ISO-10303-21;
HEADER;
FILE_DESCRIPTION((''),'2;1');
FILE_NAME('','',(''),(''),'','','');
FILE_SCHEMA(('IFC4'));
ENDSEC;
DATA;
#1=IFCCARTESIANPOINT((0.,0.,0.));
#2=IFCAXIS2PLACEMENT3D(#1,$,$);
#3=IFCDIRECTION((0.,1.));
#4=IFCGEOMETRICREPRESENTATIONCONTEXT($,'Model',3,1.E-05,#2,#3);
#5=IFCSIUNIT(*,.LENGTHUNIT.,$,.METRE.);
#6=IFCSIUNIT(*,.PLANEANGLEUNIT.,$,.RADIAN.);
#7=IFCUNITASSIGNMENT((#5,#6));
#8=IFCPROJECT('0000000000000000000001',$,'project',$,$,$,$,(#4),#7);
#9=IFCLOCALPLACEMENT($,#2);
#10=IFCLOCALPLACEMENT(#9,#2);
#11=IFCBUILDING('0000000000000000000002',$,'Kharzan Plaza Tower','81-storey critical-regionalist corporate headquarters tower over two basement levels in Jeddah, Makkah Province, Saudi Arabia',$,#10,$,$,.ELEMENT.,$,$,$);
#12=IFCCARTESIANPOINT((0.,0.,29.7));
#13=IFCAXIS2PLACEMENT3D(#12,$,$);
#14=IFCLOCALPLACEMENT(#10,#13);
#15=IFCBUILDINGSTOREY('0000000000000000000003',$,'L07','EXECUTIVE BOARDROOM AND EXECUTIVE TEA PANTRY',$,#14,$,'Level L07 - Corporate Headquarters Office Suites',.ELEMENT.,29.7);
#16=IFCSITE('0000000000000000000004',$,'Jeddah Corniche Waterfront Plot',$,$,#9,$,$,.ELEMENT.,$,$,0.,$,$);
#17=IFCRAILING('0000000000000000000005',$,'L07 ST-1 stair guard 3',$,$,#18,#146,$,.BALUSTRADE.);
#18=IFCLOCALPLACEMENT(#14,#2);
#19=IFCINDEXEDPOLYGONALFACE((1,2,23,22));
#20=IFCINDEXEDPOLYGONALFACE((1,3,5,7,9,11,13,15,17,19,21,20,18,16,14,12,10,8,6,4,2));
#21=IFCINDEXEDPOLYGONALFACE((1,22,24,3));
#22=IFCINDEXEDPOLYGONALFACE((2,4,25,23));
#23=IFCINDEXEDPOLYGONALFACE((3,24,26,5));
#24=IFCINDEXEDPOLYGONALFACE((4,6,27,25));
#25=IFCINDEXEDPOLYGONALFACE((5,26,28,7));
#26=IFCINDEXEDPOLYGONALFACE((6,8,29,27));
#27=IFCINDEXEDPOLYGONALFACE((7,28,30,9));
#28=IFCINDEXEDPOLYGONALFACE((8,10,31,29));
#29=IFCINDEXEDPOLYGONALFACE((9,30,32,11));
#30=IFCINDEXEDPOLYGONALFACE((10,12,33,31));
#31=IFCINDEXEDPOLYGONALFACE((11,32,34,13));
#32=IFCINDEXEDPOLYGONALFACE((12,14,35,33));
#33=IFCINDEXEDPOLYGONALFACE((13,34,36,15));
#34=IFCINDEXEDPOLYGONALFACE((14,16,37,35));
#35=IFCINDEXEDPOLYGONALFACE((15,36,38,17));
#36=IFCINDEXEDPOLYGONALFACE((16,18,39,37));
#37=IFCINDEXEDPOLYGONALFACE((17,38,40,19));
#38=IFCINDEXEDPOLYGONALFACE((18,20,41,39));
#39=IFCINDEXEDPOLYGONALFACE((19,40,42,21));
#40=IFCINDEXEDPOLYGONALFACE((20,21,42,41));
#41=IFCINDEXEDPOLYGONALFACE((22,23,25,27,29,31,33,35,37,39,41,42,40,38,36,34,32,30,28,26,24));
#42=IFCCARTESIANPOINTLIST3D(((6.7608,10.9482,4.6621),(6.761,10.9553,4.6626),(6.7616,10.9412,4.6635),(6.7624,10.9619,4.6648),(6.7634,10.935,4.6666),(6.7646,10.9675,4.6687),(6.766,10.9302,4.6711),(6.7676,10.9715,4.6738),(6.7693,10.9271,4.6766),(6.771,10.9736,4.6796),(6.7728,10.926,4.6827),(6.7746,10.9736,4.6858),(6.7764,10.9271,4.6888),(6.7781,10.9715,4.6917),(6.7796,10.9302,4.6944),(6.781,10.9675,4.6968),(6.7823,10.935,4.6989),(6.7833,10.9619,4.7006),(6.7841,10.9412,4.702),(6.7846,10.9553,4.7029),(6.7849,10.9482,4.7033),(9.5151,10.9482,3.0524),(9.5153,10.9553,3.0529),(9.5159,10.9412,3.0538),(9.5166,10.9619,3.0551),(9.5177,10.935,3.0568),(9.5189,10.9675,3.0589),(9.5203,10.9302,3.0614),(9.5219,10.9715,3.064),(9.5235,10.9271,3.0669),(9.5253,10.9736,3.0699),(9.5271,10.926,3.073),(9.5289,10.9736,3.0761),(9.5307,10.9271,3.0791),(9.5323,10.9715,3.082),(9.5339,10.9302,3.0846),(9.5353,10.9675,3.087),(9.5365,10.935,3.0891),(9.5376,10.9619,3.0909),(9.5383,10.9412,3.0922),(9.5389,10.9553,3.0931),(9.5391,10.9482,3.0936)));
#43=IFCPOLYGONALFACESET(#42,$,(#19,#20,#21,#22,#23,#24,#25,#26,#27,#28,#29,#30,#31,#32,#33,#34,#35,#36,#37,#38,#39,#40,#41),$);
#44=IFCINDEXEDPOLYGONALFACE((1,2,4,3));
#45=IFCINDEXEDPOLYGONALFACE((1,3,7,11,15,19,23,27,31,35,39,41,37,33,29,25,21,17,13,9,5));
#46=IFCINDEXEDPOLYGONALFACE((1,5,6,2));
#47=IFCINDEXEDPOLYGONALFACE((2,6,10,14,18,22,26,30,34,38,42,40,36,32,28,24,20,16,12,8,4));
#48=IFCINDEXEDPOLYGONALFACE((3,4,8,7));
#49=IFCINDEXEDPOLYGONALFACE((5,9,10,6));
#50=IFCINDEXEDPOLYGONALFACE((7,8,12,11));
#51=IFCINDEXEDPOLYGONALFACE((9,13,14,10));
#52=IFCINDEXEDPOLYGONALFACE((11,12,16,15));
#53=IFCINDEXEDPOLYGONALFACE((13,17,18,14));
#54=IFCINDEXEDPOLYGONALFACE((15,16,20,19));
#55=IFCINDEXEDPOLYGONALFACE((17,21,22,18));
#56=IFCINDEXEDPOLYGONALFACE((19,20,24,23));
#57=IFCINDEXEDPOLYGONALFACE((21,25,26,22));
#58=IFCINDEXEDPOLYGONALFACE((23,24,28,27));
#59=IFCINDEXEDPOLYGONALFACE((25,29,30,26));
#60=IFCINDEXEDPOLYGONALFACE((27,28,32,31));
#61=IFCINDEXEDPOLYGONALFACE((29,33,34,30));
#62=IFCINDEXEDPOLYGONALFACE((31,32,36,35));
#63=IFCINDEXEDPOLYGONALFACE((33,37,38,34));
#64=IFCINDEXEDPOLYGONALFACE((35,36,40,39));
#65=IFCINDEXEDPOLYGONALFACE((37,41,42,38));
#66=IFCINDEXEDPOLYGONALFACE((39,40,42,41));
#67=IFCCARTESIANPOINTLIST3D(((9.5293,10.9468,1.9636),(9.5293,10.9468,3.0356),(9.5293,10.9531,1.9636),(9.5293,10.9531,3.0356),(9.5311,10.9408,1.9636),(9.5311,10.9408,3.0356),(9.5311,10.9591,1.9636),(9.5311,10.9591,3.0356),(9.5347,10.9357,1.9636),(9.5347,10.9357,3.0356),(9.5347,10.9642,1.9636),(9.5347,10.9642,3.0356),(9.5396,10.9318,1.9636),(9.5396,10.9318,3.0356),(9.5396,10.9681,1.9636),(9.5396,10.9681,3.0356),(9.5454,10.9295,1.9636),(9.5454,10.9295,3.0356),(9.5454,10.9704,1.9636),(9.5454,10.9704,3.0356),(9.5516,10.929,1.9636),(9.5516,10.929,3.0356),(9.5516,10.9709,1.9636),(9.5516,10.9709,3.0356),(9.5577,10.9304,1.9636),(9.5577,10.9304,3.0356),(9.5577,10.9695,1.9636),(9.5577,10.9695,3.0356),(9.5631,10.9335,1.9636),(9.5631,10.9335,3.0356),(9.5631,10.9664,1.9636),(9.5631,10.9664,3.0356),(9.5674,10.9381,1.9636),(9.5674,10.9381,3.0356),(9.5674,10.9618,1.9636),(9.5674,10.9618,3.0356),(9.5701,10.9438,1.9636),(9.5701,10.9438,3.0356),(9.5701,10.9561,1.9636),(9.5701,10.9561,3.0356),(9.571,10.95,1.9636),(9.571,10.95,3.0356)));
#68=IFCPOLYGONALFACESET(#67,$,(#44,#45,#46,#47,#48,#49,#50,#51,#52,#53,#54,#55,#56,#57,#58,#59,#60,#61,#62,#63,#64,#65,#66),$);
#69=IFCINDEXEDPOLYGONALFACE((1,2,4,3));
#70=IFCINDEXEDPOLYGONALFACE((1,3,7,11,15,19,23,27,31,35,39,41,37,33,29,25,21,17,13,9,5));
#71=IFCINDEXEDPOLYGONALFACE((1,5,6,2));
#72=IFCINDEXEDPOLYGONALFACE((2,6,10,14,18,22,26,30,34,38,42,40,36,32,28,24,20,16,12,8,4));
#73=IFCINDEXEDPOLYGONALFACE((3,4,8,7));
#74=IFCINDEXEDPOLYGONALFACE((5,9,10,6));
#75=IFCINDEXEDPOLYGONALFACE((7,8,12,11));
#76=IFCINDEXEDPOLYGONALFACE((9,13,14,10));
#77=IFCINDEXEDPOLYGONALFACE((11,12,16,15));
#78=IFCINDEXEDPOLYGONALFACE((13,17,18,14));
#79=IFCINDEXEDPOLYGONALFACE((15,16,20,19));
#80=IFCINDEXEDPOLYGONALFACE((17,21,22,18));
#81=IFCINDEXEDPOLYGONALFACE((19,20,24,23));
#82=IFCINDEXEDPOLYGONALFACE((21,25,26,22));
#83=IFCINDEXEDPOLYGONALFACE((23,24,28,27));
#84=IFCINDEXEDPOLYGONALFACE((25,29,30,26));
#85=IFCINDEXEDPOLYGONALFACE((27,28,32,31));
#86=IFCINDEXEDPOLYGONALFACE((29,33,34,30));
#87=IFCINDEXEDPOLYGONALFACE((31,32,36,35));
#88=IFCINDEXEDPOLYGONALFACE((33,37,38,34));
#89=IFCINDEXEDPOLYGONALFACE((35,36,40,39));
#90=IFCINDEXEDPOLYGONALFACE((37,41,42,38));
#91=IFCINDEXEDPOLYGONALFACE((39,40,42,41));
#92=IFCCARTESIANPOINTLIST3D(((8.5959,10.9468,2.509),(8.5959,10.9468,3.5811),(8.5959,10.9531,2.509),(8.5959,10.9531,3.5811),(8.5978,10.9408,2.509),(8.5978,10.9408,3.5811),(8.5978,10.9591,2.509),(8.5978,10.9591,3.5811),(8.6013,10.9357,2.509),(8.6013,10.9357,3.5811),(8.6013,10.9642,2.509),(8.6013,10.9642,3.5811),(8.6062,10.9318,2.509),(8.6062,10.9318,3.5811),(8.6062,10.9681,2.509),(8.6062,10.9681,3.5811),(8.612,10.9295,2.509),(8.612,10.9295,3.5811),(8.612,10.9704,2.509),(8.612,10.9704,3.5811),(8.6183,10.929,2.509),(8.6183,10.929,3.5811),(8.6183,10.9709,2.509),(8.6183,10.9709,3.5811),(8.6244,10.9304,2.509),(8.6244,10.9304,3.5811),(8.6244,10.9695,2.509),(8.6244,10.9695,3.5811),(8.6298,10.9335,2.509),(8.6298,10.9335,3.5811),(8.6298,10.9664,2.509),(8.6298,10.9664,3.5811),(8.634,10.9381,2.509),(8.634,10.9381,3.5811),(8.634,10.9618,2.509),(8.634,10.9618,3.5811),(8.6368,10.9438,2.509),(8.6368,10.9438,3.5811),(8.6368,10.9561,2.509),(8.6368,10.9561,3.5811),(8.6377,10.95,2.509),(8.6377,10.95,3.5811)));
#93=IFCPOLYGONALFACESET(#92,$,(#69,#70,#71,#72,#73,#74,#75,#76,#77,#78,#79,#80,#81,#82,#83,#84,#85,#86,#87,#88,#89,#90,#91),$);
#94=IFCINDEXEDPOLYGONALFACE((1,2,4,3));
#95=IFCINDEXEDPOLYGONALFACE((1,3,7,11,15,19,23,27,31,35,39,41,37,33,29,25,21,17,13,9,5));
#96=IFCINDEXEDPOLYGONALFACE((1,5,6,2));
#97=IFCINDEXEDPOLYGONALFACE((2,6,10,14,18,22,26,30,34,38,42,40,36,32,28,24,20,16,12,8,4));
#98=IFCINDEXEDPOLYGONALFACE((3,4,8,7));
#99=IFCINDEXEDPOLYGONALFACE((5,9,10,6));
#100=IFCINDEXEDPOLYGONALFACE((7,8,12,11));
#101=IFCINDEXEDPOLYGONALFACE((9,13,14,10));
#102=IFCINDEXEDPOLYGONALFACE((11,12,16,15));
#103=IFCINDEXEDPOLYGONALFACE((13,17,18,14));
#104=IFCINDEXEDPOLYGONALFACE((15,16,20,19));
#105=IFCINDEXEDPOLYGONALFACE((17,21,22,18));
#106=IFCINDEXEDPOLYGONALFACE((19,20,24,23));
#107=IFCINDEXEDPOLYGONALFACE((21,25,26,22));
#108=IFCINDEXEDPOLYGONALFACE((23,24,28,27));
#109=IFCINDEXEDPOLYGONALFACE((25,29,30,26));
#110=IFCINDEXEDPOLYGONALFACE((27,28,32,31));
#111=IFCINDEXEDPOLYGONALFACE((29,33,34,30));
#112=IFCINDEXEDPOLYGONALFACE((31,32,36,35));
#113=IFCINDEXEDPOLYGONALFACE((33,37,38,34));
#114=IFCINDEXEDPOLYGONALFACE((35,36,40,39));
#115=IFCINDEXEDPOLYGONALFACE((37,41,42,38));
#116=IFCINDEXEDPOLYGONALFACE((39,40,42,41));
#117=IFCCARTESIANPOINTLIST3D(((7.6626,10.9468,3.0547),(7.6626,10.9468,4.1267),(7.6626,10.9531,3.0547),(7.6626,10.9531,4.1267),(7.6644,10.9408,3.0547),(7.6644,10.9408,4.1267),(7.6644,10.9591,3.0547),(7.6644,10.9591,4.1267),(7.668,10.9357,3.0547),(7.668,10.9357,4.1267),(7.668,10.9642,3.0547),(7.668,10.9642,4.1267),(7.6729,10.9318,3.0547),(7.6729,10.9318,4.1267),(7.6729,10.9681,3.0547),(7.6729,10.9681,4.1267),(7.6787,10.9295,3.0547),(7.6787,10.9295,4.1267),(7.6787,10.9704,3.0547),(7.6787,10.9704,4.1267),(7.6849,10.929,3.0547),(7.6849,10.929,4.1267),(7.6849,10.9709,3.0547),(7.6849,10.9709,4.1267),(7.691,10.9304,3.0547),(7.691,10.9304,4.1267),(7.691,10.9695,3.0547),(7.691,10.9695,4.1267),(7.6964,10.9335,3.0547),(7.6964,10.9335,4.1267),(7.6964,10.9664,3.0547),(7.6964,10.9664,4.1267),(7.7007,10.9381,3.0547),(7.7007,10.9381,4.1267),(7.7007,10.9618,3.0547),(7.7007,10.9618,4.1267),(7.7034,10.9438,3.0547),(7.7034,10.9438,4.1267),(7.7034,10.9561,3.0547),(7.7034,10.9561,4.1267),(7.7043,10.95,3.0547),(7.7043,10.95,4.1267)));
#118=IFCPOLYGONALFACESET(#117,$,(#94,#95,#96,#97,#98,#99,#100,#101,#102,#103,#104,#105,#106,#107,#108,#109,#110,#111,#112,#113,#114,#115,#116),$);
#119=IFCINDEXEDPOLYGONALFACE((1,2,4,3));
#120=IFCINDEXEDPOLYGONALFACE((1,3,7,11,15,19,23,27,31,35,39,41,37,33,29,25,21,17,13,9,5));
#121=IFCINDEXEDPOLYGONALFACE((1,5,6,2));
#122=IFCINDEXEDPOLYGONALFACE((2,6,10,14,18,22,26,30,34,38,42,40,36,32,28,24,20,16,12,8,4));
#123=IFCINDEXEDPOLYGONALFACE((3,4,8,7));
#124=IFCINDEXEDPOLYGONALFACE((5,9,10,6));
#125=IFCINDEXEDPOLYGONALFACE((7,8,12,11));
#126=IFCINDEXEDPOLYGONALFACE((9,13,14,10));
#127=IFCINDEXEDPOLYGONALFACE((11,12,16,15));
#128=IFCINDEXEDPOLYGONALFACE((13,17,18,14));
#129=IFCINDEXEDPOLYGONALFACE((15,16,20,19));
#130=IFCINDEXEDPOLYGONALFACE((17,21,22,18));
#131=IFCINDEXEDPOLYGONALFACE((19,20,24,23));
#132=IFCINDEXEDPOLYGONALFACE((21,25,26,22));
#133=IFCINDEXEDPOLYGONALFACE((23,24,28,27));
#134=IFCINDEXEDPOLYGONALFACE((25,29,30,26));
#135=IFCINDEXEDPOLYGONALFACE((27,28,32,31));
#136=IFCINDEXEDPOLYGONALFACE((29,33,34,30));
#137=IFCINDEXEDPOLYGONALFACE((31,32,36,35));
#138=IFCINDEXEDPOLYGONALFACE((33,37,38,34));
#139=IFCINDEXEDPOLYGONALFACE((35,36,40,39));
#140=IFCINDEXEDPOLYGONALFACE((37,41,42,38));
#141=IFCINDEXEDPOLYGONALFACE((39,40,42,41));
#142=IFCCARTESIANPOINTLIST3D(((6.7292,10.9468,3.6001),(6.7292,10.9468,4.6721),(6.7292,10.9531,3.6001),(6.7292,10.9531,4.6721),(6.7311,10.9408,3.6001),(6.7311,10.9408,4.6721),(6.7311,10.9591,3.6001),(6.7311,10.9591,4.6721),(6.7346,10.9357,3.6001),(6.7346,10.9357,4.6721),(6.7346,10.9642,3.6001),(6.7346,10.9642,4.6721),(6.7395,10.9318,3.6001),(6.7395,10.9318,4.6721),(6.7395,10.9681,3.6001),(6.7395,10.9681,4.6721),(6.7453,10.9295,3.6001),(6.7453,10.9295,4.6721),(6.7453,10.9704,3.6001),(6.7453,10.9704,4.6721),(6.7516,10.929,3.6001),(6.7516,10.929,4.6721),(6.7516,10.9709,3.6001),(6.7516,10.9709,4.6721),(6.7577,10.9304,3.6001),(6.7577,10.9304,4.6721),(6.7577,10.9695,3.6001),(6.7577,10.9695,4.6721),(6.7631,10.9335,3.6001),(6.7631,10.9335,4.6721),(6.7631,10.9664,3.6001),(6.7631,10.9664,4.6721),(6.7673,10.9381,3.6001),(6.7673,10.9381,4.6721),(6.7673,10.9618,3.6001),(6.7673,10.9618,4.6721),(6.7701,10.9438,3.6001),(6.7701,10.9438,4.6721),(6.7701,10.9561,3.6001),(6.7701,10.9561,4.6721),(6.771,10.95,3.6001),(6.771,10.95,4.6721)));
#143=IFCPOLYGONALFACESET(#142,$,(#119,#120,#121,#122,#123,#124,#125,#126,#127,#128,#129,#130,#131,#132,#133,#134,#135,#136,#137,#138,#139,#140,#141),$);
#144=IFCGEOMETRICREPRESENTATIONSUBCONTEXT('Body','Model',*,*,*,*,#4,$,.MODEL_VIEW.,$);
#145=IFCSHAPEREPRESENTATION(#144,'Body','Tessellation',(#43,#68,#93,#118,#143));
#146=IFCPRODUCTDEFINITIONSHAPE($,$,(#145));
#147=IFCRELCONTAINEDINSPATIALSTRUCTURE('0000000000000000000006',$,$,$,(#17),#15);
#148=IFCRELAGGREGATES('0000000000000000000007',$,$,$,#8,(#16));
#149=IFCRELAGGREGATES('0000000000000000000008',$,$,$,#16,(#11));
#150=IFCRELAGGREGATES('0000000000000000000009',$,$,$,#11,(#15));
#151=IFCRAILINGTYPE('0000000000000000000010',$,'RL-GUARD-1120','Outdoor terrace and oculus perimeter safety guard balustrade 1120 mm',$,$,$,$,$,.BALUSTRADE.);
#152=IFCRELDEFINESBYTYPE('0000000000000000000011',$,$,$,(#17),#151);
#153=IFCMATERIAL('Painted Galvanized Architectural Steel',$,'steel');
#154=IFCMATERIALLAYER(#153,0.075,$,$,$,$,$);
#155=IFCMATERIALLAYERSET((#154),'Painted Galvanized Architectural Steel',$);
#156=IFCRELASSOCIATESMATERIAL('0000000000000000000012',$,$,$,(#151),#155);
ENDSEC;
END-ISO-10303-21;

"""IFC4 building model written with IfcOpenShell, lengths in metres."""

from ifc_helpers import new_model, si_unit, direction, frame, origin, origin_2d, place, context, subcontext, project, spatial, circle, extrude, source, transform, mapped, material, layer, layer_set, type_object, element, save


model = new_model("IFC4")

# Units and contexts
model_context = context("Model", 3, precision=1e-05, world=origin(), true_north=direction((0.0, 1.0)))
body_context = subcontext(model_context, "Body", "Model", "MODEL_VIEW")
ifc_project = project(units=[si_unit("LENGTHUNIT", "METRE"), si_unit("PLANEANGLEUNIT", "RADIAN")], contexts=[model_context])

# Site, building, storey
site_placement = place(None, origin())
site = spatial("IfcSite", under=ifc_project, at=site_placement, Name="Jeddah Corniche Waterfront Plot", CompositionType="ELEMENT", RefElevation=0.0)
building_placement = place(site_placement, origin())
building = spatial("IfcBuilding", under=site, at=building_placement, Name="Kharzan Plaza Tower", Description="81-storey critical-regionalist corporate headquarters tower over two basement levels in Jeddah, Makkah Province, Saudi Arabia", CompositionType="ELEMENT")
storey_placement = place(building_placement, frame((0.0, 0.0, 29.7)))
storey = spatial("IfcBuildingStorey", under=building, at=storey_placement, Name="L07", Description="EXECUTIVE BOARDROOM AND EXECUTIVE TEA PANTRY", LongName="Level L07 - Corporate Headquarters Office Suites", CompositionType="ELEMENT", Elevation=29.7)

# Railing
ifc_material_1 = material(Name="Painted Galvanized Architectural Steel", Category="steel")
ifc_layer_1 = layer(ifc_material_1, 0.075)
ifc_layer_set_1 = layer_set([ifc_layer_1], Name="Painted Galvanized Architectural Steel")
railing_type = type_object("IfcRailingType", Name="RL-GUARD-1120", Description="Outdoor terrace and oculus perimeter safety guard balustrade 1120 mm", PredefinedType="BALUSTRADE", material=ifc_layer_set_1)
shared_shape_1 = source(origin(), body_context, "Body", "SweptSolid", [
    extrude(circle(Radius=0.0239, at=origin_2d()), frame((-0.0229, 0.0, 1.1094), z_axis=(-0.863361, 0.0, 0.504587), x_axis=(0.0, -1.0, 0.0)), (0.0, 0.0, 1.0), 3.1902),
    extrude(circle(Radius=0.021, at=origin_2d()), origin(), (0.0, 0.0, 1.0), 1.072),
    extrude(circle(Radius=0.021, at=origin_2d()), frame((-0.9333, 0.0, 0.5454)), (0.0, 0.0, 1.0), 1.072),
    extrude(circle(Radius=0.021, at=origin_2d()), frame((-1.8667, 0.0, 1.0911)), (0.0, 0.0, 1.0), 1.072),
    extrude(circle(Radius=0.021, at=origin_2d()), frame((-2.8, 0.0, 1.6365)), (0.0, 0.0, 1.0), 1.072),
])
railing_placement = place(storey_placement, frame((9.55, 10.95, 1.9636)))
element("IfcRailing", 1, at=railing_placement, inside=storey, type_object=railing_type, Name="L07 ST-1 stair guard 3", PredefinedType="BALUSTRADE", context=body_context, shape_type="MappedRepresentation", body=[
    mapped(shared_shape_1, transform((0.0, 0.0, 0.0), x_axis=(1.0, 0.0, 0.0), y_axis=(0.0, 1.0, 0.0), z_axis=(0.0, 0.0, 1.0))),
])

save(model, "model.ifc")
